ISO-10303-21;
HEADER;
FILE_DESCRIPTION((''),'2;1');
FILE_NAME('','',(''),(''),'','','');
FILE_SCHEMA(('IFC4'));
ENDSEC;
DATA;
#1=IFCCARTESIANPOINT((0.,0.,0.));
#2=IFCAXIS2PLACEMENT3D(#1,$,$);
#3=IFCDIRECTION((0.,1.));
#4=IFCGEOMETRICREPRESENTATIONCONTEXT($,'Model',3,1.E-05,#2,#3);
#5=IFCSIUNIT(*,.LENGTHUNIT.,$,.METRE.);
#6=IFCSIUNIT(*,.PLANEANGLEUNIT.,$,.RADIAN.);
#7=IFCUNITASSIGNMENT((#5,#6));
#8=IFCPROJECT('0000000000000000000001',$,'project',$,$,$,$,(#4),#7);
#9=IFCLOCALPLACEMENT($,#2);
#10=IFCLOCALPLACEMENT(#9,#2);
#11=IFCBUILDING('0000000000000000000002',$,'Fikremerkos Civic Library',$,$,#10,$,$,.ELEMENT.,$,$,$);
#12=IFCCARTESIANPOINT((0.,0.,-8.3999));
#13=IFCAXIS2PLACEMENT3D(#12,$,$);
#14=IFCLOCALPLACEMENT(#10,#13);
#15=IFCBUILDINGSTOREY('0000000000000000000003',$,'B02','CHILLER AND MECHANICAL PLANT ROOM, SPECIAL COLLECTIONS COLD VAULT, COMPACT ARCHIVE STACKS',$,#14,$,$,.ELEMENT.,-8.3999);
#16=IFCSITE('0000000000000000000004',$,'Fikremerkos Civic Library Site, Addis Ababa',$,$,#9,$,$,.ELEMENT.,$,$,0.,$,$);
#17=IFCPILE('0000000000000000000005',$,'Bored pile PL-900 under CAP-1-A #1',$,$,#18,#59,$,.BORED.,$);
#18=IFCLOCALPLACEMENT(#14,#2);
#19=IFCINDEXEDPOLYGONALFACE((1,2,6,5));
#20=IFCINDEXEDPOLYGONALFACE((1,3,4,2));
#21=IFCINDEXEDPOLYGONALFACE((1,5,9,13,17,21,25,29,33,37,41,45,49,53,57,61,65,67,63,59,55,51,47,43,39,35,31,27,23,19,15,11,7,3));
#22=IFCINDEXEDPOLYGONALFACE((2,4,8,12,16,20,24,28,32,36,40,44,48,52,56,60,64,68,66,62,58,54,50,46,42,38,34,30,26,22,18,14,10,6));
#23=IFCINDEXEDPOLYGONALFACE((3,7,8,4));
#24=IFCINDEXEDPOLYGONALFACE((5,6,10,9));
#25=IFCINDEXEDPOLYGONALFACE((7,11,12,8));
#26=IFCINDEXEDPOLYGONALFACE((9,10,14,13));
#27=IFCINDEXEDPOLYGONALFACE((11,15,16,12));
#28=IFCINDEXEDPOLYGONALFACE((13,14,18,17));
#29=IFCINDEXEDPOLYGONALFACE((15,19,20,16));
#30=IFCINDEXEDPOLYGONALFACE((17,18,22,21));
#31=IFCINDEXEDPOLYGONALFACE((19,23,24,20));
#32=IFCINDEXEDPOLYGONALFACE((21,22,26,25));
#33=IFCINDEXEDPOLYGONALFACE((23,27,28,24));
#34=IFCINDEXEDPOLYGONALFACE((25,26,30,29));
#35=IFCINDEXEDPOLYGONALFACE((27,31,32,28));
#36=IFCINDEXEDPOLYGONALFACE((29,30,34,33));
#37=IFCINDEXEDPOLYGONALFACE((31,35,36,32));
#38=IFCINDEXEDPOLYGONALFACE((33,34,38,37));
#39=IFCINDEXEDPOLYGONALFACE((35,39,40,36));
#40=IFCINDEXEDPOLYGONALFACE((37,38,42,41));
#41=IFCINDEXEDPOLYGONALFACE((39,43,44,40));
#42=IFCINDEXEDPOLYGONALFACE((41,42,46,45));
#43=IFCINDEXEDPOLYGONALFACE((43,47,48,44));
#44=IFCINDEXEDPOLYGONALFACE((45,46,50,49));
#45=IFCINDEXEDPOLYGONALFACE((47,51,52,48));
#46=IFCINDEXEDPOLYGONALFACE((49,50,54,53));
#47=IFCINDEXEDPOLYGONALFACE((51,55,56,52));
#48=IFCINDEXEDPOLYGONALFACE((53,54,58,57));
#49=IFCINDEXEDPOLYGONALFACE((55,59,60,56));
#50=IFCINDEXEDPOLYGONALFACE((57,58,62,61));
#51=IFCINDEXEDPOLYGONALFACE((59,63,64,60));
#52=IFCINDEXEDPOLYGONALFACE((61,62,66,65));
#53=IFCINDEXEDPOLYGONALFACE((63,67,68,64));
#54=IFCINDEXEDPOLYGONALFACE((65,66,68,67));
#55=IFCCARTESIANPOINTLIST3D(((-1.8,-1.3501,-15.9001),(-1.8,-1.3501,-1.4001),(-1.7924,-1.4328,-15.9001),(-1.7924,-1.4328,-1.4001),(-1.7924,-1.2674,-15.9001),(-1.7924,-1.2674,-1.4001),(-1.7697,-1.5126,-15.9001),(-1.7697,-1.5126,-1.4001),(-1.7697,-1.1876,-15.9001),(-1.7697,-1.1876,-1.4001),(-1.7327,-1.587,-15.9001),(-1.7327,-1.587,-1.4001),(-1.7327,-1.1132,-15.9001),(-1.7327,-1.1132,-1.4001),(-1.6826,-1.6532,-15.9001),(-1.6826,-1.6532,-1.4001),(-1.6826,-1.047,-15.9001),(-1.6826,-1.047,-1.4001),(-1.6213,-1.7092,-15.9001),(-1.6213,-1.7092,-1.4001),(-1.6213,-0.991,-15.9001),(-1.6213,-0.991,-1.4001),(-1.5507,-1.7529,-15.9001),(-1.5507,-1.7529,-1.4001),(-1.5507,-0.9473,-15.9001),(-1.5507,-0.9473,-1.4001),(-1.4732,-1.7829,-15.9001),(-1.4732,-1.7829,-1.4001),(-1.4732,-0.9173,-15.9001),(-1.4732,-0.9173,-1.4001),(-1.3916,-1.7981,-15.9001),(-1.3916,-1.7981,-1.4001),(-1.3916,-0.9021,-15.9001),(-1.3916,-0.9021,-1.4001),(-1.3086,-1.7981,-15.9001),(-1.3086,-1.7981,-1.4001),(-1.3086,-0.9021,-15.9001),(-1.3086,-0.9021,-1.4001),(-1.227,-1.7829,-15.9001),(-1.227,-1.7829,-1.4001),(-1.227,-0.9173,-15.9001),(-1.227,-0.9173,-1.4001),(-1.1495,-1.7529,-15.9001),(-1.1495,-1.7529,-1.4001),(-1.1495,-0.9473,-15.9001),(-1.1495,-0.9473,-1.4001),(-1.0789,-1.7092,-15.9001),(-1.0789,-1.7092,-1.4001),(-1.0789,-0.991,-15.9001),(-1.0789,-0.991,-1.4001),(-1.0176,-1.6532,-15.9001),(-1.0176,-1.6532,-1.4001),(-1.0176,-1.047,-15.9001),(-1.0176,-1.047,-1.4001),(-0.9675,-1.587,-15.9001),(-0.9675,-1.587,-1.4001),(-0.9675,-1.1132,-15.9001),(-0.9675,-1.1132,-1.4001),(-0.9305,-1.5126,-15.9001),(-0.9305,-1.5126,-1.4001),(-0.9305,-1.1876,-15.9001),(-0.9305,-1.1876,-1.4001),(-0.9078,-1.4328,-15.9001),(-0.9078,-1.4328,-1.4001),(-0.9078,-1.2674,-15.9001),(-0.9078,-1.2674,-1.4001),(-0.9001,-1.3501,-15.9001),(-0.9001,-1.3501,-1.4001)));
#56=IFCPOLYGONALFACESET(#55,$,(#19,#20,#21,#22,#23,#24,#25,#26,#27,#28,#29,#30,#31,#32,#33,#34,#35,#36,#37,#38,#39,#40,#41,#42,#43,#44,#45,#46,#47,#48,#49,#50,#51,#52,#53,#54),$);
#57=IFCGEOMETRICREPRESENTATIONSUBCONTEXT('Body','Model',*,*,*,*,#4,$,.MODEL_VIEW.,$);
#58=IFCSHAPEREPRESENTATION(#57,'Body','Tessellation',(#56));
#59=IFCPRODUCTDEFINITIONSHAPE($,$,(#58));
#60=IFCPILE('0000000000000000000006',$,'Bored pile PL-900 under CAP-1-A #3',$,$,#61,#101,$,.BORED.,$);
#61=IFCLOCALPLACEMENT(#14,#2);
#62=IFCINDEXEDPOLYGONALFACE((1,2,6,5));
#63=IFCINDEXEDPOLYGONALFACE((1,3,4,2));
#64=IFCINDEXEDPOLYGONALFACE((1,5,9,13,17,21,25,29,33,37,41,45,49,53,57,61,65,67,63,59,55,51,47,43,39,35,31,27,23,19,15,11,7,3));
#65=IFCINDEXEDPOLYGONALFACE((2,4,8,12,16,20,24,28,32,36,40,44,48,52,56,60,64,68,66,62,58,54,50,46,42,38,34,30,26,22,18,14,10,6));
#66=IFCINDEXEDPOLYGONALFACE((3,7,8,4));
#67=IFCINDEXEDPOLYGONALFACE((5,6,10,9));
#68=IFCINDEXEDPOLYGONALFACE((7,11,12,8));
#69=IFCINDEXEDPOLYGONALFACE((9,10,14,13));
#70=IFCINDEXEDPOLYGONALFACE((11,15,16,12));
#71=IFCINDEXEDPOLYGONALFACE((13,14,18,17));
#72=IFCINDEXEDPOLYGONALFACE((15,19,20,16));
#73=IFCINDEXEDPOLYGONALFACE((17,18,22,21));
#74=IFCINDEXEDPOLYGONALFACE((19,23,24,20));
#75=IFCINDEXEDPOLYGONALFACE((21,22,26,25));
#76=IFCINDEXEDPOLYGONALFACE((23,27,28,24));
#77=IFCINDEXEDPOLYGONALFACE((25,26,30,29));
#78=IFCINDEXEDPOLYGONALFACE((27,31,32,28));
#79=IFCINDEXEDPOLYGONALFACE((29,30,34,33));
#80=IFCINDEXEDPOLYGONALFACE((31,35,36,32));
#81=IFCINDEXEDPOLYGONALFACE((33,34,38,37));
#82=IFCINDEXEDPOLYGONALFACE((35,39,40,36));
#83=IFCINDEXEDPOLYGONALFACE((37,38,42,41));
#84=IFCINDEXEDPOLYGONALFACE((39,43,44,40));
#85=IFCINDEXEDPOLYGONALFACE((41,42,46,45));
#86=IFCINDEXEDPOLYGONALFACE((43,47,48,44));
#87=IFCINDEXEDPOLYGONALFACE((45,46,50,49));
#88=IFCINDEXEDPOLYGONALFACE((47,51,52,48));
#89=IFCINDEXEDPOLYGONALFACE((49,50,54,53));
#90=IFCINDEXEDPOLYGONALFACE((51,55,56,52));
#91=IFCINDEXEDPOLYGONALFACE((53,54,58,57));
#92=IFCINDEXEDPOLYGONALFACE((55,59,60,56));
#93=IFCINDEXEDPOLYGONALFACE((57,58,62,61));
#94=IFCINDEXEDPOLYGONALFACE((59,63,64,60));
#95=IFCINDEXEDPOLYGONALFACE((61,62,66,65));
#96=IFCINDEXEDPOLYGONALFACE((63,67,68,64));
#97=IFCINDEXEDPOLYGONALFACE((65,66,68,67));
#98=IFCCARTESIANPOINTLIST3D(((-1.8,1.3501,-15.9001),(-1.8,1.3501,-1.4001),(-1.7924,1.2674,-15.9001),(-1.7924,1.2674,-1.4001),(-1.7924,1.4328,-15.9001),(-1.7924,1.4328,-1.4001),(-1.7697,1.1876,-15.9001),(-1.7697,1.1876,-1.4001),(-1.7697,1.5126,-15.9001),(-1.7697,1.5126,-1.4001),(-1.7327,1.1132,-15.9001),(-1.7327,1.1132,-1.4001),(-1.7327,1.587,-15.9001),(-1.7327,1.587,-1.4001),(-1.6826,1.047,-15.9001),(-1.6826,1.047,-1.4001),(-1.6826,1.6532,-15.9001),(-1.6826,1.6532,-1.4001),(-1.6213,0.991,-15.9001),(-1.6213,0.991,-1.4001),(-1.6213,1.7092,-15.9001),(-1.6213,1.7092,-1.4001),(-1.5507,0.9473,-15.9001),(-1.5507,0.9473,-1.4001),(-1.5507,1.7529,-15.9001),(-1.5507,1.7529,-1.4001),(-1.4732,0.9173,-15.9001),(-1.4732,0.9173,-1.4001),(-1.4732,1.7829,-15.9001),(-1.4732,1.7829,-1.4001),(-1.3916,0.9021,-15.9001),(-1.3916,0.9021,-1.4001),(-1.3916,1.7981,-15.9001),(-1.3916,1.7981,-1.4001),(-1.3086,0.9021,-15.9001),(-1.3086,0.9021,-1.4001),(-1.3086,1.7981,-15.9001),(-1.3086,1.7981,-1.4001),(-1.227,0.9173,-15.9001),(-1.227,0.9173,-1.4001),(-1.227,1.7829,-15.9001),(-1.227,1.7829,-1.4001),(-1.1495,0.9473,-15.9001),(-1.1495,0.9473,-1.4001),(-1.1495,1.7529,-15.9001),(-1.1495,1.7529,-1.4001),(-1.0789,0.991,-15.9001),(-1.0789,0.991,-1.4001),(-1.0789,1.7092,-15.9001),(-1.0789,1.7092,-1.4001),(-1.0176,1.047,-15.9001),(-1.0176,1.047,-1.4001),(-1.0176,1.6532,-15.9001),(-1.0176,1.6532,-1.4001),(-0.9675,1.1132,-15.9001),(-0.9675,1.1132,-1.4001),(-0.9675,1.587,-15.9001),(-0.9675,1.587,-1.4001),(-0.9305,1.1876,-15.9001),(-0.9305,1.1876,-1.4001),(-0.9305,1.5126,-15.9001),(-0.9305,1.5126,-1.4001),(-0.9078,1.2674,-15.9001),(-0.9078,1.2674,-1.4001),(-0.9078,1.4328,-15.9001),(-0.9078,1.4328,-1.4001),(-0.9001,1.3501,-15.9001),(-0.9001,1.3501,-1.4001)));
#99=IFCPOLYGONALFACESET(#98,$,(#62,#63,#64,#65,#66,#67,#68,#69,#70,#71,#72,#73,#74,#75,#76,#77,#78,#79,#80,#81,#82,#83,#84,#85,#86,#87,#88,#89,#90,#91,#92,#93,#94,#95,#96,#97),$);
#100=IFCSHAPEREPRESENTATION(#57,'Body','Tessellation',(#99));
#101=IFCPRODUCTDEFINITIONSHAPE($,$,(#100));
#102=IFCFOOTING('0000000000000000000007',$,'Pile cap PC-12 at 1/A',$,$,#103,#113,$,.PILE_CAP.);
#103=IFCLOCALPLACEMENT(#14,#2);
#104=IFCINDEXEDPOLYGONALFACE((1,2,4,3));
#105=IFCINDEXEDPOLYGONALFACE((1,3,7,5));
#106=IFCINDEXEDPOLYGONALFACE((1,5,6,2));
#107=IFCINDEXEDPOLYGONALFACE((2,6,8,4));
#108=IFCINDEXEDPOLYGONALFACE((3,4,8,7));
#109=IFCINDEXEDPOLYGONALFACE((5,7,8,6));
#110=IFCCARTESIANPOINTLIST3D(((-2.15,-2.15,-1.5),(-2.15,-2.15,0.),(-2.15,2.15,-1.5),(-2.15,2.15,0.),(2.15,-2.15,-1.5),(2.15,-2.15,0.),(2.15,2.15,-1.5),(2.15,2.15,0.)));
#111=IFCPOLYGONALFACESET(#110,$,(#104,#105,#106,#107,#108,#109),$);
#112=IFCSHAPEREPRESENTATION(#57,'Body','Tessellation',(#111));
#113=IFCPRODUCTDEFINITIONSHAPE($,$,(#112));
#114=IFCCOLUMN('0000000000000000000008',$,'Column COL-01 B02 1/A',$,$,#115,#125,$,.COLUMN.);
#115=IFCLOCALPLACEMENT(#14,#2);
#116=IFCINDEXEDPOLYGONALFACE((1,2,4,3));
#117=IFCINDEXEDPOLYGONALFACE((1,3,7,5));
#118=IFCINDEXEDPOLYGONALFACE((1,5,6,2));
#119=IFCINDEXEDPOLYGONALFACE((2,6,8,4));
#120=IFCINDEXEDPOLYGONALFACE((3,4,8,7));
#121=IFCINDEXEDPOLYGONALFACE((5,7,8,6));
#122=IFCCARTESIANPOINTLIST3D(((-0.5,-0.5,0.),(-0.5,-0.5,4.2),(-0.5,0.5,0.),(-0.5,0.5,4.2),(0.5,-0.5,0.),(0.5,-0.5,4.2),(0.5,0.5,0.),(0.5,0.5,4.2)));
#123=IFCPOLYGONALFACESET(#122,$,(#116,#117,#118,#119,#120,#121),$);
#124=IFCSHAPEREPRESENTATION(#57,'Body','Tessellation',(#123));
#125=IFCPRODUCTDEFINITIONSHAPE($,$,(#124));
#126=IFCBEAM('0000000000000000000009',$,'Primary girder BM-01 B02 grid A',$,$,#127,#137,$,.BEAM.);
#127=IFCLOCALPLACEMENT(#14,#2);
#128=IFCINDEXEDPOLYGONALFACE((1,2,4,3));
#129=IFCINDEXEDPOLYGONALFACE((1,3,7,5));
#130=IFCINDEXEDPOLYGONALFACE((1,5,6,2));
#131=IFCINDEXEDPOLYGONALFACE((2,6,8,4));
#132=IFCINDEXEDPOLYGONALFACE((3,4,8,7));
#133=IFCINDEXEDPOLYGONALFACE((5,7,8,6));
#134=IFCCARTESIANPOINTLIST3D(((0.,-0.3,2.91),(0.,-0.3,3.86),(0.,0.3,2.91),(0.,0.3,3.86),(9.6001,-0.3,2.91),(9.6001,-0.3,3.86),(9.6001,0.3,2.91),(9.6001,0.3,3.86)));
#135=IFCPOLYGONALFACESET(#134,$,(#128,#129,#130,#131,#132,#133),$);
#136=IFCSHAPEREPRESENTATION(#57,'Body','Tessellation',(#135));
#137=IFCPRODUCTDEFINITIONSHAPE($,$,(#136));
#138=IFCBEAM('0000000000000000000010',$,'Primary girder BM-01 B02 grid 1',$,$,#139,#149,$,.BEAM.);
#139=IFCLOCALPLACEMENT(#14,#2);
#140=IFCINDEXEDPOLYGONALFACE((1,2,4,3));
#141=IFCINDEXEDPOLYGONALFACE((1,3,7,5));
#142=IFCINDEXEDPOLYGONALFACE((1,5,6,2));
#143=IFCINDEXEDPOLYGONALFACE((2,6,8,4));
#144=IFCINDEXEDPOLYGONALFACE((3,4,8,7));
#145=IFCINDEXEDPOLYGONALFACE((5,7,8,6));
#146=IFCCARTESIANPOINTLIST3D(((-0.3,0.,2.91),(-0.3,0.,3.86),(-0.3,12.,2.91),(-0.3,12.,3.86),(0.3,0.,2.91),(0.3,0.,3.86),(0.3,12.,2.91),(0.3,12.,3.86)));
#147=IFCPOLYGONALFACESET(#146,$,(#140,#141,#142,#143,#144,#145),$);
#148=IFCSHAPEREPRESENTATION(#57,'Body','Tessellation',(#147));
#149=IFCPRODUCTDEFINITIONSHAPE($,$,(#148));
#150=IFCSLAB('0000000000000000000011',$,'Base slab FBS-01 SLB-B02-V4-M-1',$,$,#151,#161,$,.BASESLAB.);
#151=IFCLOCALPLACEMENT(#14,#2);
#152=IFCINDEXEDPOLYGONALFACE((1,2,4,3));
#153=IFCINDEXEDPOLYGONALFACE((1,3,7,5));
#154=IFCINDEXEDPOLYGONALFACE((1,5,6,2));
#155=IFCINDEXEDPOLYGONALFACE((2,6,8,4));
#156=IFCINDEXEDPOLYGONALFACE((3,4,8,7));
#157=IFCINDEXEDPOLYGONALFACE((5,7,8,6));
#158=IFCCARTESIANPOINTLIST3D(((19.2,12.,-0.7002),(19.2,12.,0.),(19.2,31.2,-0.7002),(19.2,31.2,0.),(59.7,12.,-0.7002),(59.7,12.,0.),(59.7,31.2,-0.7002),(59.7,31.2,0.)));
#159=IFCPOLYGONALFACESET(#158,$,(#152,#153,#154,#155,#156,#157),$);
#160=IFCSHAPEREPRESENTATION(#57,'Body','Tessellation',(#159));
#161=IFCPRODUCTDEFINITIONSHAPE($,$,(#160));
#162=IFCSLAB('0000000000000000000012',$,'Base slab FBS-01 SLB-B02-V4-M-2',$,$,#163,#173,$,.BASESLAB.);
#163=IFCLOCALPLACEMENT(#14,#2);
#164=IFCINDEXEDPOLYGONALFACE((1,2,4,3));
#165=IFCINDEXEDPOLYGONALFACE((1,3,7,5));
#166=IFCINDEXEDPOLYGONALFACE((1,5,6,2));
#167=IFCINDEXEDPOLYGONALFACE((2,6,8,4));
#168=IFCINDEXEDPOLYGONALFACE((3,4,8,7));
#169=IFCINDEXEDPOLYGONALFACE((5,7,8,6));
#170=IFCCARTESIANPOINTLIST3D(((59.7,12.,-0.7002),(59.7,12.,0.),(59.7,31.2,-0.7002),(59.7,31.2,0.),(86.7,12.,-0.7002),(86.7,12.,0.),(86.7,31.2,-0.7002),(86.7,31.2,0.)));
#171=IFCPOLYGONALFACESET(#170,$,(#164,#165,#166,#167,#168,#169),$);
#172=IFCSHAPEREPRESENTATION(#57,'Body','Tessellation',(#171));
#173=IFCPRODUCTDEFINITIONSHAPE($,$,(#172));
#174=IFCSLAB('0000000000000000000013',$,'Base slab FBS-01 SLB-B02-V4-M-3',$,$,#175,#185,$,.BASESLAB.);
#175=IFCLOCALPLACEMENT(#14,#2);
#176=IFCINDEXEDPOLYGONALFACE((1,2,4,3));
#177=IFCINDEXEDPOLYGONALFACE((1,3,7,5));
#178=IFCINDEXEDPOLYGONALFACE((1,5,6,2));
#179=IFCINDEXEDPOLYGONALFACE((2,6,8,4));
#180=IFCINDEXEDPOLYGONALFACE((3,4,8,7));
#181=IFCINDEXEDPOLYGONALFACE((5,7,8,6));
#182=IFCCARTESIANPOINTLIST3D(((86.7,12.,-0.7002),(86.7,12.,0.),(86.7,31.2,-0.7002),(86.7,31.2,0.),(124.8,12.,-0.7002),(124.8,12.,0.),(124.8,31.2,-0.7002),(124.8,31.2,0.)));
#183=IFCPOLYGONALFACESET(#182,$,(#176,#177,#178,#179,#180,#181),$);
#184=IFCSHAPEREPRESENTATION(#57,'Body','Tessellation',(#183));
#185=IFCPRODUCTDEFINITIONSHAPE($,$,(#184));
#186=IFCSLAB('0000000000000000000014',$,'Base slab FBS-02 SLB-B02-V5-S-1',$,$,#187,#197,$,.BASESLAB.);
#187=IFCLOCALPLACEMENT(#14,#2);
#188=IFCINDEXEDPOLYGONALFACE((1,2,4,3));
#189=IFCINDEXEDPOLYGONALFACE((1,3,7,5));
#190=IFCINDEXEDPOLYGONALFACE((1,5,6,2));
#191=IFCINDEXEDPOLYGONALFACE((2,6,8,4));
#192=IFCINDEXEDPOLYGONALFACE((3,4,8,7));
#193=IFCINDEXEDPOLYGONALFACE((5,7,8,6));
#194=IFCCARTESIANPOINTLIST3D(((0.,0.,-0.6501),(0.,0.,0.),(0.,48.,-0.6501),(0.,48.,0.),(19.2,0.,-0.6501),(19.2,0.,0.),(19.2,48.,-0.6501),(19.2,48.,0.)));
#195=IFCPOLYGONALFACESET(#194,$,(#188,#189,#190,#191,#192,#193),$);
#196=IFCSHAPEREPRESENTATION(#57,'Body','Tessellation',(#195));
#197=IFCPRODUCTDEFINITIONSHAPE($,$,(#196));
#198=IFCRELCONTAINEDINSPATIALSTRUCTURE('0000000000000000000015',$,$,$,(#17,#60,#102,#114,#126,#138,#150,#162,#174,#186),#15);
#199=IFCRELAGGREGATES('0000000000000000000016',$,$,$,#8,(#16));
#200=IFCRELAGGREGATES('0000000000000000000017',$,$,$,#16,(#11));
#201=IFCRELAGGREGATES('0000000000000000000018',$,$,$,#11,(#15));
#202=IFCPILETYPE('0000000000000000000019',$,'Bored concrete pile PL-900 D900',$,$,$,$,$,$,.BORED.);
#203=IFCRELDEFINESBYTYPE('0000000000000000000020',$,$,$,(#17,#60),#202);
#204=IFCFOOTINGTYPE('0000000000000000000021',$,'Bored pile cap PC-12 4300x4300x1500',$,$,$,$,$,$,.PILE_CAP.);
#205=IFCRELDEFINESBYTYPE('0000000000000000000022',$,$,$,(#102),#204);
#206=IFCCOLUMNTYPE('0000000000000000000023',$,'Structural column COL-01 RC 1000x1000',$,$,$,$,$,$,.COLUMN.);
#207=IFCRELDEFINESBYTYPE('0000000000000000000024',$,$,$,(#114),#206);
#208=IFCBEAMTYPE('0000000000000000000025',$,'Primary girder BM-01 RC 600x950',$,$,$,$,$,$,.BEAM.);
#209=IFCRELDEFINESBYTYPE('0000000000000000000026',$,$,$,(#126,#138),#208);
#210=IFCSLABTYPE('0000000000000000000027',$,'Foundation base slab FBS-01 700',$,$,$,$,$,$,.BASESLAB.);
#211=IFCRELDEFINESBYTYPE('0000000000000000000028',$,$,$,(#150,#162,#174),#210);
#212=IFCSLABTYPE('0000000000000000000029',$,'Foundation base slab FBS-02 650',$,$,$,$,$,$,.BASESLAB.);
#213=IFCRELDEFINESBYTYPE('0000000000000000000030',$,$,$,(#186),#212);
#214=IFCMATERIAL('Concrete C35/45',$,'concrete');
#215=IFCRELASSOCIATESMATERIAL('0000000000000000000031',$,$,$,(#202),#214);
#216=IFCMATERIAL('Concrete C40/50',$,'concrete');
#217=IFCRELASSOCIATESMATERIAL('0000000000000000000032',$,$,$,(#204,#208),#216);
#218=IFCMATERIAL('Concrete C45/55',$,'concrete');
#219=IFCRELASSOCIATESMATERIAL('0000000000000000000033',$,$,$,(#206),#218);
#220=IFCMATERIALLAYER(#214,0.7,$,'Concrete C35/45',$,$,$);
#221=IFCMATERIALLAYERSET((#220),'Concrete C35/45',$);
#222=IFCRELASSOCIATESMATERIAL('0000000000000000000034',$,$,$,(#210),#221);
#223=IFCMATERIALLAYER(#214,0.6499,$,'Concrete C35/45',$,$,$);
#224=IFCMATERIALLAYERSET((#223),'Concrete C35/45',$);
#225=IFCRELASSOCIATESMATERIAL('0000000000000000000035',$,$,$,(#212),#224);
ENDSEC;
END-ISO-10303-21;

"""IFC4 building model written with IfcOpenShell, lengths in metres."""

from ifc_helpers import new_model, si_unit, direction, frame, origin, origin_with_axes, origin_2d, place, context, subcontext, project, spatial, polyline, rectangle, circle, outline, extrude, material, layer, layer_set, material_profile, profile_set, type_object, element, save


model = new_model("IFC4")

# Units and contexts
model_context = context("Model", 3, precision=1e-05, world=origin(), true_north=direction((0.0, 1.0)))
body_context = subcontext(model_context, "Body", "Model", "MODEL_VIEW")
ifc_project = project(units=[si_unit("LENGTHUNIT", "METRE"), si_unit("PLANEANGLEUNIT", "RADIAN")], contexts=[model_context])

# Site, building, storey
site_placement = place(None, origin())
site = spatial("IfcSite", under=ifc_project, at=site_placement, Name="Fikremerkos Civic Library Site, Addis Ababa", CompositionType="ELEMENT", RefElevation=0.0)
building_placement = place(site_placement, origin())
building = spatial("IfcBuilding", under=site, at=building_placement, Name="Fikremerkos Civic Library", CompositionType="ELEMENT")
storey_placement = place(building_placement, frame((0.0, 0.0, -8.3999)))
storey = spatial("IfcBuildingStorey", under=building, at=storey_placement, Name="B02", Description="CHILLER AND MECHANICAL PLANT ROOM, SPECIAL COLLECTIONS COLD VAULT, COMPACT ARCHIVE STACKS", CompositionType="ELEMENT", Elevation=-8.3999)

# Piles
ifc_material_1 = material(Name="Concrete C35/45", Category="concrete")
ifc_material_profile_1 = material_profile(ifc_material_1, circle(Radius=0.45, at=origin_2d()), Name="BORED PILE 900")
ifc_profile_set_1 = profile_set([ifc_material_profile_1], Name="Concrete C35/45")
pile_type = type_object("IfcPileType", Name="Bored concrete pile PL-900 D900", PredefinedType="BORED", material=ifc_profile_set_1)
for number, where, z_axis, x_axis, name in (
    (1, (-1.3501, -1.3501, -1.4001), (0.0, 0.0, -1.0), (1.0, 0.0, 0.0), "Bored pile PL-900 under CAP-1-A #1"),
    (2, (-1.3501, 1.3501, -1.4001), (0.0, 0.0, -1.0), (1.0, 0.0, 0.0), "Bored pile PL-900 under CAP-1-A #3"),
):
    element("IfcPile", number, at=place(storey_placement, frame(where, z_axis=z_axis, x_axis=x_axis)), inside=storey, type_object=pile_type, Name=name, PredefinedType="BORED", context=body_context, shape_type="SweptSolid", body=[
        extrude(circle(Radius=0.45, at=origin_2d()), origin(), (0.0, 0.0, 1.0), 14.5),
    ])

# Footing
ifc_material_2 = material(Name="Concrete C40/50", Category="concrete")
footing_type = type_object("IfcFootingType", Name="Bored pile cap PC-12 4300x4300x1500", PredefinedType="PILE_CAP", material=ifc_material_2)
footing_placement = place(storey_placement, frame((0.0, 0.0, -1.5), z_axis=(0.0, 0.0, 1.0), x_axis=(1.0, 0.0, 0.0)))
element("IfcFooting", 3, at=footing_placement, inside=storey, type_object=footing_type, Name="Pile cap PC-12 at 1/A", PredefinedType="PILE_CAP", context=body_context, shape_type="SweptSolid", body=[
    extrude(rectangle(XDim=4.3, YDim=4.3, at=origin_2d()), origin(), (0.0, 0.0, 1.0), 1.5),
])

# Column
ifc_material_3 = material(Name="Concrete C45/55", Category="concrete")
ifc_material_profile_2 = material_profile(ifc_material_3, rectangle(XDim=1.0, YDim=1.0, at=origin_2d()), Name="RC 1000x1000")
ifc_profile_set_2 = profile_set([ifc_material_profile_2], Name="Concrete C45/55")
column_type = type_object("IfcColumnType", Name="Structural column COL-01 RC 1000x1000", PredefinedType="COLUMN", material=ifc_profile_set_2)
column_placement = place(storey_placement, origin_with_axes())
element("IfcColumn", 4, at=column_placement, inside=storey, type_object=column_type, Name="Column COL-01 B02 1/A", PredefinedType="COLUMN", context=body_context, shape_type="SweptSolid", body=[
    extrude(rectangle(XDim=1.0, YDim=1.0, at=origin_2d()), origin(), (0.0, 0.0, 1.0), 4.2),
])

# Beams
ifc_material_profile_3 = material_profile(ifc_material_2, rectangle(XDim=0.6001, YDim=0.95, at=origin_2d()), Name="RC 600x950")
ifc_profile_set_3 = profile_set([ifc_material_profile_3], Name="Concrete C40/50")
beam_type = type_object("IfcBeamType", Name="Primary girder BM-01 RC 600x950", PredefinedType="BEAM", material=ifc_profile_set_3)
beam_1_placement = place(storey_placement, frame((0.0, 0.0, 3.385), z_axis=(1.0, 0.0, 0.0), x_axis=(0.0, 1.0, 0.0)))
element("IfcBeam", 5, at=beam_1_placement, inside=storey, type_object=beam_type, Name="Primary girder BM-01 B02 grid A", PredefinedType="BEAM", context=body_context, shape_type="SweptSolid", body=[
    extrude(rectangle(XDim=0.6001, YDim=0.95, at=origin_2d()), origin(), (0.0, 0.0, 1.0), 9.6001),
])
beam_2_placement = place(storey_placement, frame((0.0, 0.0, 3.385), z_axis=(0.0, 1.0, 0.0), x_axis=(-1.0, 0.0, 0.0)))
element("IfcBeam", 6, at=beam_2_placement, inside=storey, type_object=beam_type, Name="Primary girder BM-01 B02 grid 1", PredefinedType="BEAM", context=body_context, shape_type="SweptSolid", body=[
    extrude(rectangle(XDim=0.6001, YDim=0.95, at=origin_2d()), origin(), (0.0, 0.0, 1.0), 12.0),
])

# Slabs
ifc_layer_1 = layer(ifc_material_1, 0.7, Name="Concrete C35/45")
ifc_layer_set_1 = layer_set([ifc_layer_1], Name="Concrete C35/45")
slab_type_1 = type_object("IfcSlabType", Name="Foundation base slab FBS-01 700", PredefinedType="BASESLAB", material=ifc_layer_set_1)
slab_1_placement = place(storey_placement, frame((0.0, 0.0, -0.7002)))
element("IfcSlab", 7, at=slab_1_placement, inside=storey, type_object=slab_type_1, Name="Base slab FBS-01 SLB-B02-V4-M-1", PredefinedType="BASESLAB", context=body_context, shape_type="SweptSolid", body=[
    extrude(outline(polyline([(19.2, 12.0), (59.7, 12.0), (59.7, 31.2), (19.2, 31.2), (19.2, 12.0)])), origin(), (0.0, 0.0, 1.0), 0.7002),
])
slab_2_placement = place(storey_placement, frame((0.0, 0.0, -0.7002)))
element("IfcSlab", 8, at=slab_2_placement, inside=storey, type_object=slab_type_1, Name="Base slab FBS-01 SLB-B02-V4-M-2", PredefinedType="BASESLAB", context=body_context, shape_type="SweptSolid", body=[
    extrude(outline(polyline([(59.7, 12.0), (86.7, 12.0), (86.7, 31.2), (59.7, 31.2), (59.7, 12.0)])), origin(), (0.0, 0.0, 1.0), 0.7002),
])
slab_3_placement = place(storey_placement, frame((0.0, 0.0, -0.7002)))
element("IfcSlab", 9, at=slab_3_placement, inside=storey, type_object=slab_type_1, Name="Base slab FBS-01 SLB-B02-V4-M-3", PredefinedType="BASESLAB", context=body_context, shape_type="SweptSolid", body=[
    extrude(outline(polyline([(86.7, 12.0), (124.8, 12.0), (124.8, 31.2), (86.7, 31.2), (86.7, 12.0)])), origin(), (0.0, 0.0, 1.0), 0.7002),
])
ifc_layer_2 = layer(ifc_material_1, 0.6499, Name="Concrete C35/45")
ifc_layer_set_2 = layer_set([ifc_layer_2], Name="Concrete C35/45")
slab_type_2 = type_object("IfcSlabType", Name="Foundation base slab FBS-02 650", PredefinedType="BASESLAB", material=ifc_layer_set_2)
slab_4_placement = place(storey_placement, frame((0.0, 0.0, -0.6501)))
element("IfcSlab", 10, at=slab_4_placement, inside=storey, type_object=slab_type_2, Name="Base slab FBS-02 SLB-B02-V5-S-1", PredefinedType="BASESLAB", context=body_context, shape_type="SweptSolid", body=[
    extrude(outline(polyline([(0.0, 0.0), (19.2, 0.0), (19.2, 48.0), (0.0, 48.0), (0.0, 0.0)])), origin(), (0.0, 0.0, 1.0), 0.6501),
])

save(model, "model.ifc")
